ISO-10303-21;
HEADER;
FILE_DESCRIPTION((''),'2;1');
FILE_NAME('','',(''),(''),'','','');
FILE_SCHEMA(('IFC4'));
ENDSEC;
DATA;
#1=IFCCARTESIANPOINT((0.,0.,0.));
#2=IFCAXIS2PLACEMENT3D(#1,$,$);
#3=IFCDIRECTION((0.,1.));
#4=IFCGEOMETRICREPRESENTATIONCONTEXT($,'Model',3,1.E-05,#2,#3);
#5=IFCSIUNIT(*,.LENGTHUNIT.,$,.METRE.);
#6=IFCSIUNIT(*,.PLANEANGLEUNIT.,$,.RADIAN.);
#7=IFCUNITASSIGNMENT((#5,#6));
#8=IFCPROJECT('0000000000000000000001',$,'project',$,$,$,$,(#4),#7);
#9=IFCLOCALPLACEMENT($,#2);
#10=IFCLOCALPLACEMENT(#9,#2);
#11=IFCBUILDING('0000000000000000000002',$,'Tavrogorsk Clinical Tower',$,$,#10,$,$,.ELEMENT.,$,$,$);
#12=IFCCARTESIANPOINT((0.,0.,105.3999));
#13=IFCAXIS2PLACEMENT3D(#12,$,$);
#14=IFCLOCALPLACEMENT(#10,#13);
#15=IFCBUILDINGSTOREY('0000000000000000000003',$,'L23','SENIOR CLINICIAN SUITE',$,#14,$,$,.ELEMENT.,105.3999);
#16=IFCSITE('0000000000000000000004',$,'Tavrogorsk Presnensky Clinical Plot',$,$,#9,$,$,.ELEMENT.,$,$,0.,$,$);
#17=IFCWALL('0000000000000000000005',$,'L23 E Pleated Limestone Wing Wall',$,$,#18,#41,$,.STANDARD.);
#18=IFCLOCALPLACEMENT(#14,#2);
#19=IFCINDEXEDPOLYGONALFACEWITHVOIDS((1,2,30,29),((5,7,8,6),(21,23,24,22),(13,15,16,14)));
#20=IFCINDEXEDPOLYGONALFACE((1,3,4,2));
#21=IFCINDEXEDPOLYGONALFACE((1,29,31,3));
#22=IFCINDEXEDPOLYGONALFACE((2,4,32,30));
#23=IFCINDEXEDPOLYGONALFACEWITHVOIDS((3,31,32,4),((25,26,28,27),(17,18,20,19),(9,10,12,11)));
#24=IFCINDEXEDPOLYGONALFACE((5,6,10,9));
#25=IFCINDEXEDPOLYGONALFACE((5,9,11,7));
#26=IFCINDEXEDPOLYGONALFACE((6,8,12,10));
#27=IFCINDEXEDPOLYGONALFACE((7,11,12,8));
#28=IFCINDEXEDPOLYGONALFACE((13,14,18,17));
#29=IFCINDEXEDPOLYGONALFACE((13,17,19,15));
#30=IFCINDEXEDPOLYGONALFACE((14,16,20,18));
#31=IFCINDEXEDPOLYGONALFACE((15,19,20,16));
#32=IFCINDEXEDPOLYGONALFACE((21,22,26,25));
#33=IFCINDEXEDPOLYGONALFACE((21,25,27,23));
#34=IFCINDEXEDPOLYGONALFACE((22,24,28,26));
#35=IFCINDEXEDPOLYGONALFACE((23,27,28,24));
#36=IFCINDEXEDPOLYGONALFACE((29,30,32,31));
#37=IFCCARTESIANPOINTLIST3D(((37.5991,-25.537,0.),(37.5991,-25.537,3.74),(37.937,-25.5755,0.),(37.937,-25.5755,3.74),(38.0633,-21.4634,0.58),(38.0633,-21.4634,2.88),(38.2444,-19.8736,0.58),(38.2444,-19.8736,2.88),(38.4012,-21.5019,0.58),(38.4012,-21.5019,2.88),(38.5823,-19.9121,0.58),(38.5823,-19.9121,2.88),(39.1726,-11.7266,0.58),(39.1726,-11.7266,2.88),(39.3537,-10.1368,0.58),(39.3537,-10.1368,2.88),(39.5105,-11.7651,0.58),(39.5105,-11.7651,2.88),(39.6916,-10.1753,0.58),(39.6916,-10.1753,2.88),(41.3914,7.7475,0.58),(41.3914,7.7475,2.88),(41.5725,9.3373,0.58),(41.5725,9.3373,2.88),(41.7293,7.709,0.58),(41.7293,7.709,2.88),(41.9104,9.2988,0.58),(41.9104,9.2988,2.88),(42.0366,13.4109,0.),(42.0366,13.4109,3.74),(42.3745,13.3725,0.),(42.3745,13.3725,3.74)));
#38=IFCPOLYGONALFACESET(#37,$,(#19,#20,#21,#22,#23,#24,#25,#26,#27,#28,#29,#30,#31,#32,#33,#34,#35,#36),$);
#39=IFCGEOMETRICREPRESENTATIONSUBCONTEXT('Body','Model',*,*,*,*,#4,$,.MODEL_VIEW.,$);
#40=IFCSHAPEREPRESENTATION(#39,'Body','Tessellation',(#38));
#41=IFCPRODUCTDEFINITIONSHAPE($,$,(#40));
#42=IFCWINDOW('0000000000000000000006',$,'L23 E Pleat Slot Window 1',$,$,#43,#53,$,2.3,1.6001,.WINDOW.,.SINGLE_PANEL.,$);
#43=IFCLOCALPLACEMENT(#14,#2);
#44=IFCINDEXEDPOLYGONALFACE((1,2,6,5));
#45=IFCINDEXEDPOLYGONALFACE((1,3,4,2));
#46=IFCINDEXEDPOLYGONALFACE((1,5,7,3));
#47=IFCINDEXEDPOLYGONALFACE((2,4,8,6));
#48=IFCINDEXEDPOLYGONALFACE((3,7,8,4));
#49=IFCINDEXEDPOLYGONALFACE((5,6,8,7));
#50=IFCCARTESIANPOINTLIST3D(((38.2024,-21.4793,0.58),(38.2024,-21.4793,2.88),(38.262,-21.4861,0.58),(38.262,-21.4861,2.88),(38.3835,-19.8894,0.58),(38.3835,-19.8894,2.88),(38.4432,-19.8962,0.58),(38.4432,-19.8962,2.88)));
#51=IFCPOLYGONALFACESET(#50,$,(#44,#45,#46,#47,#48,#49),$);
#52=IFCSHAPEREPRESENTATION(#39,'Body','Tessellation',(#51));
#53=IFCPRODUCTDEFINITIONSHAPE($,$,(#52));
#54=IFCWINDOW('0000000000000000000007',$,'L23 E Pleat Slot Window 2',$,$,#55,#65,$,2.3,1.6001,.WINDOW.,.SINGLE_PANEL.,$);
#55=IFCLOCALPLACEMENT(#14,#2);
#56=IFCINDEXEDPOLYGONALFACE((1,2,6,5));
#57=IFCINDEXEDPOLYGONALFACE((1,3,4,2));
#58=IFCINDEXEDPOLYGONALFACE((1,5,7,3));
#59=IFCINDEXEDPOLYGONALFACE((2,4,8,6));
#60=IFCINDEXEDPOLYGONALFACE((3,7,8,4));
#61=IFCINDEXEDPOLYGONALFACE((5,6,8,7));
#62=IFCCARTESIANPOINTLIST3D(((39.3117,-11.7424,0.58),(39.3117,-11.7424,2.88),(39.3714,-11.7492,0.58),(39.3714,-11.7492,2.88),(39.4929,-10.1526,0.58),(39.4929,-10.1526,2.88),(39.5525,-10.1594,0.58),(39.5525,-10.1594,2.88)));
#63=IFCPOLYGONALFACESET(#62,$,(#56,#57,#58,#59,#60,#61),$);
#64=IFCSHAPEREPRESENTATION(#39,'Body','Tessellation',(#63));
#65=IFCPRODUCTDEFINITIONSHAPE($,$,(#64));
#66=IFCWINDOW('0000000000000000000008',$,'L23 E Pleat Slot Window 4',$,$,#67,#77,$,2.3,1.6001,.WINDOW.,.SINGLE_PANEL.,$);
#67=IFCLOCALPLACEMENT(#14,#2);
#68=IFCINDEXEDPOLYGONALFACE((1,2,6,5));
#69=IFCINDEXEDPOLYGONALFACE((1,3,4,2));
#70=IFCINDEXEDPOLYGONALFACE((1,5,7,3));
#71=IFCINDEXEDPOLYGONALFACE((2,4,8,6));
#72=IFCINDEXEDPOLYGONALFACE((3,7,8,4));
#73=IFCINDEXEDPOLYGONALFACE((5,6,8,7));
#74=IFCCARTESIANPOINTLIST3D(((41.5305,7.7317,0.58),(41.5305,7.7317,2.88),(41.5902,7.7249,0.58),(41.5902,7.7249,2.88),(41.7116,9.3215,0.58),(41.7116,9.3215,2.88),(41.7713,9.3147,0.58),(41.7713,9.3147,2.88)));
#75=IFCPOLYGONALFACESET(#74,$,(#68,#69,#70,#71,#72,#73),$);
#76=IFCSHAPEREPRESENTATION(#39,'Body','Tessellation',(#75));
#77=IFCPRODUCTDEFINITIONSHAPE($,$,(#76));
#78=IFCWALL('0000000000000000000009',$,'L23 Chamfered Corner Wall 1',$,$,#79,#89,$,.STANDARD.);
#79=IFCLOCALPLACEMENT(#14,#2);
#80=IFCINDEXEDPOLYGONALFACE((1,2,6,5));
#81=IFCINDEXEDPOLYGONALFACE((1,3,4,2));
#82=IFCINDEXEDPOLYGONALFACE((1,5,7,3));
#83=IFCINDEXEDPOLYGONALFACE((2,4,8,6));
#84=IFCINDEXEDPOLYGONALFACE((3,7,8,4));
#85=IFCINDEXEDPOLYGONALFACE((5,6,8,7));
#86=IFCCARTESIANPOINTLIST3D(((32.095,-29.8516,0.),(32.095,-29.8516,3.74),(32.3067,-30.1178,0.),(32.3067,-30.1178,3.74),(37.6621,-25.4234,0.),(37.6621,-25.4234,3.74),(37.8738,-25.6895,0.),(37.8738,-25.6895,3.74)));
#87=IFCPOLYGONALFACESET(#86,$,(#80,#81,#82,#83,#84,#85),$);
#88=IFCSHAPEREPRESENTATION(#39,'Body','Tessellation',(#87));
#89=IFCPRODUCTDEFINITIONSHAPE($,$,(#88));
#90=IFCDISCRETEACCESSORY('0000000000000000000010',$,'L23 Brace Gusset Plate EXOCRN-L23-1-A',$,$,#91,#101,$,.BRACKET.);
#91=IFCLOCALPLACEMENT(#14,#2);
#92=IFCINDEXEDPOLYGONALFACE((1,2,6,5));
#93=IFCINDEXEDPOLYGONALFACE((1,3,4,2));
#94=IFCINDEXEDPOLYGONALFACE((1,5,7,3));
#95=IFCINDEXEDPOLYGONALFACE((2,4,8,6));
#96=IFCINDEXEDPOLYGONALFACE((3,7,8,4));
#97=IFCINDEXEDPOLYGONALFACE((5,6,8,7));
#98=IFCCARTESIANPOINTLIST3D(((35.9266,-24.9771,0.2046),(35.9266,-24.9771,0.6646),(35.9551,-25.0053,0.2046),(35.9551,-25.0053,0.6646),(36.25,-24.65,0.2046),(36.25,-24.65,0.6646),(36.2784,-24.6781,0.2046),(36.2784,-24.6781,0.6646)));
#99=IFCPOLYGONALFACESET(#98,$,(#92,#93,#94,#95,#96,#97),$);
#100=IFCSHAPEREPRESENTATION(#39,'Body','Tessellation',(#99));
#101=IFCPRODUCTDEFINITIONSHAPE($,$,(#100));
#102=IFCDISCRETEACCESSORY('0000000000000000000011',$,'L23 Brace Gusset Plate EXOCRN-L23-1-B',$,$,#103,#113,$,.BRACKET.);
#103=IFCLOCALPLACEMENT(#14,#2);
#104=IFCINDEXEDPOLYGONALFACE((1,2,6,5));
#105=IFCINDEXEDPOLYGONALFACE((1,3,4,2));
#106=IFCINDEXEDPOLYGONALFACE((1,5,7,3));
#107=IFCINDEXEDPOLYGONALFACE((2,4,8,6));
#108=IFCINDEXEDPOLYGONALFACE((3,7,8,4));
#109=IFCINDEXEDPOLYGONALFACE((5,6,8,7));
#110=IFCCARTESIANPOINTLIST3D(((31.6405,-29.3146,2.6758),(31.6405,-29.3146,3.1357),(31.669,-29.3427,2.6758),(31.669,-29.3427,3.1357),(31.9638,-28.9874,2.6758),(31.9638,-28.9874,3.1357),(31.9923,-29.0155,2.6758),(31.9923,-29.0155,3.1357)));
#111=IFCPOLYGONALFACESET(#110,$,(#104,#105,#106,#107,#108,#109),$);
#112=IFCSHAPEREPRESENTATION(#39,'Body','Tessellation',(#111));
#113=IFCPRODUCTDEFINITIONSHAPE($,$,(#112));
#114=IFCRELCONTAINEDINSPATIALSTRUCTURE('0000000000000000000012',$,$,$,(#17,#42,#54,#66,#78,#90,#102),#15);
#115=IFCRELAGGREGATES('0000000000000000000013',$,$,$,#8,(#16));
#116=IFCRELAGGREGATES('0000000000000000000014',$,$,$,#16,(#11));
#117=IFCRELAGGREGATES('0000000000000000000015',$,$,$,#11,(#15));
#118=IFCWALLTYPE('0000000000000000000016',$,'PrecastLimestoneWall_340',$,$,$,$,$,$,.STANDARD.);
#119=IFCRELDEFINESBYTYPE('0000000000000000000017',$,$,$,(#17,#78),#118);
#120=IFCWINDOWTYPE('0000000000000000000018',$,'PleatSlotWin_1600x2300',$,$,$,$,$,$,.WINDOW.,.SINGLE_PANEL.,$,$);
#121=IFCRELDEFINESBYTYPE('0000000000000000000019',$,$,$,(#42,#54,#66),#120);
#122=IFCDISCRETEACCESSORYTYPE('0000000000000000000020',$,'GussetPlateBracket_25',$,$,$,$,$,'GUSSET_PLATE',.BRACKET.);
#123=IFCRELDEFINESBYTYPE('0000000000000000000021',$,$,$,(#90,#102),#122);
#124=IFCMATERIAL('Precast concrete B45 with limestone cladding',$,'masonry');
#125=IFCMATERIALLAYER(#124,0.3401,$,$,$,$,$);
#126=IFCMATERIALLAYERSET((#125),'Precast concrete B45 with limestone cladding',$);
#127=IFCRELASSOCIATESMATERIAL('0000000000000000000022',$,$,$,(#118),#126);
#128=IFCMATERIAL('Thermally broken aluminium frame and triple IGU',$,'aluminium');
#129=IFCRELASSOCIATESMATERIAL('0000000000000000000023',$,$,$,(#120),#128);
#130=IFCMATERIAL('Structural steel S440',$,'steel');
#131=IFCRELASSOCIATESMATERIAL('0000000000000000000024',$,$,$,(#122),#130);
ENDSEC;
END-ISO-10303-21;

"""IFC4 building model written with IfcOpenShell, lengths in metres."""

from ifc_helpers import new_model, si_unit, direction, frame, frame_2d, origin, origin_2d, place, context, subcontext, project, spatial, rectangle, extrude, material, layer, layer_set, type_object, element, fill, save


model = new_model("IFC4")

# Units and contexts
model_context = context("Model", 3, precision=1e-05, world=origin(), true_north=direction((0.0, 1.0)))
body_context = subcontext(model_context, "Body", "Model", "MODEL_VIEW")
ifc_project = project(units=[si_unit("LENGTHUNIT", "METRE"), si_unit("PLANEANGLEUNIT", "RADIAN")], contexts=[model_context])

# Site, building, storey
site_placement = place(None, origin())
site = spatial("IfcSite", under=ifc_project, at=site_placement, Name="Tavrogorsk Presnensky Clinical Plot", CompositionType="ELEMENT", RefElevation=0.0)
building_placement = place(site_placement, origin())
building = spatial("IfcBuilding", under=site, at=building_placement, Name="Tavrogorsk Clinical Tower", CompositionType="ELEMENT")
storey_placement = place(building_placement, frame((0.0, 0.0, 105.3999)))
storey = spatial("IfcBuildingStorey", under=building, at=storey_placement, Name="L23", Description="SENIOR CLINICIAN SUITE", CompositionType="ELEMENT", Elevation=105.3999)

# Wall, openings, windows
ifc_material_1 = material(Name="Precast concrete B45 with limestone cladding", Category="masonry")
ifc_layer_1 = layer(ifc_material_1, 0.3401)
ifc_layer_set_1 = layer_set([ifc_layer_1], Name="Precast concrete B45 with limestone cladding")
wall_type_1 = type_object("IfcWallType", Name="PrecastLimestoneWall_340", PredefinedType="STANDARD", material=ifc_layer_set_1)
wall_1_placement = place(storey_placement, frame((37.7681, -25.5564, 0.0), z_axis=(0.0, 0.0, 1.0), x_axis=(0.113202, 0.993572, 0.0)))
wall_1 = element("IfcWall", 1, at=wall_1_placement, inside=storey, type_object=wall_type_1, Name="L23 E Pleated Limestone Wing Wall", PredefinedType="STANDARD", context=body_context, shape_type="SweptSolid", body=[
    extrude(rectangle(XDim=39.2, YDim=0.3401, at=frame_2d((19.6001, 0.0))), origin(), (0.0, 0.0, 1.0), 3.74),
])
opening_1_placement = place(wall_1_placement, frame((4.1001, 0.0, 0.5801)))
opening_1 = element("IfcOpeningElement", 2, at=opening_1_placement, cuts=wall_1, PredefinedType="OPENING", context=body_context, shape_type="SweptSolid", body=[
    extrude(rectangle(XDim=1.6001, YDim=2.3, at=frame_2d((0.8, 1.1499))), frame((0.0, 0.1799, 0.0), z_axis=(0.0, -1.0, 0.0), x_axis=(1.0, 0.0, 0.0)), (0.0, 0.0, 1.0), 0.3601),
])
opening_2_placement = place(wall_1_placement, frame((13.8999, 0.0, 0.5801)))
opening_2 = element("IfcOpeningElement", 3, at=opening_2_placement, cuts=wall_1, PredefinedType="OPENING", context=body_context, shape_type="SweptSolid", body=[
    extrude(rectangle(XDim=1.6001, YDim=2.3, at=frame_2d((0.8, 1.1499))), frame((0.0, 0.1799, 0.0), z_axis=(0.0, -1.0, 0.0), x_axis=(1.0, 0.0, 0.0)), (0.0, 0.0, 1.0), 0.3601),
])
opening_3_placement = place(wall_1_placement, frame((33.5, 0.0, 0.5801)))
opening_3 = element("IfcOpeningElement", 4, at=opening_3_placement, cuts=wall_1, PredefinedType="OPENING", context=body_context, shape_type="SweptSolid", body=[
    extrude(rectangle(XDim=1.6001, YDim=2.3, at=frame_2d((0.8, 1.1499))), frame((0.0, 0.1799, 0.0), z_axis=(0.0, -1.0, 0.0), x_axis=(1.0, 0.0, 0.0)), (0.0, 0.0, 1.0), 0.3601),
])
ifc_material_2 = material(Name="Thermally broken aluminium frame and triple IGU", Category="aluminium")
window_type = type_object("IfcWindowType", Name="PleatSlotWin_1600x2300", PartitioningType="SINGLE_PANEL", PredefinedType="WINDOW", material=ifc_material_2)
window_1_placement = place(opening_1_placement, origin())
window_1 = element("IfcWindow", 5, at=window_1_placement, inside=storey, type_object=window_type, Name="L23 E Pleat Slot Window 1", OverallHeight=2.3, OverallWidth=1.6001, PartitioningType="SINGLE_PANEL", PredefinedType="WINDOW", context=body_context, shape_type="SweptSolid", body=[
    extrude(rectangle(XDim=1.6001, YDim=2.3, at=frame_2d((0.8, 1.1499))), frame((0.0, 0.03, 0.0), z_axis=(0.0, -1.0, 0.0), x_axis=(1.0, 0.0, 0.0)), (0.0, 0.0, 1.0), 0.0601),
])
fill(opening_1, window_1)
window_2_placement = place(opening_2_placement, origin())
window_2 = element("IfcWindow", 6, at=window_2_placement, inside=storey, type_object=window_type, Name="L23 E Pleat Slot Window 2", OverallHeight=2.3, OverallWidth=1.6001, PartitioningType="SINGLE_PANEL", PredefinedType="WINDOW", context=body_context, shape_type="SweptSolid", body=[
    extrude(rectangle(XDim=1.6001, YDim=2.3, at=frame_2d((0.8, 1.1499))), frame((0.0, 0.03, 0.0), z_axis=(0.0, -1.0, 0.0), x_axis=(1.0, 0.0, 0.0)), (0.0, 0.0, 1.0), 0.0601),
])
fill(opening_2, window_2)
window_3_placement = place(opening_3_placement, origin())
window_3 = element("IfcWindow", 7, at=window_3_placement, inside=storey, type_object=window_type, Name="L23 E Pleat Slot Window 4", OverallHeight=2.3, OverallWidth=1.6001, PartitioningType="SINGLE_PANEL", PredefinedType="WINDOW", context=body_context, shape_type="SweptSolid", body=[
    extrude(rectangle(XDim=1.6001, YDim=2.3, at=frame_2d((0.8, 1.1499))), frame((0.0, 0.03, 0.0), z_axis=(0.0, -1.0, 0.0), x_axis=(1.0, 0.0, 0.0)), (0.0, 0.0, 1.0), 0.0601),
])
fill(opening_3, window_3)

# Wall
wall_2_placement = place(storey_placement, frame((32.2009, -29.9846, 0.0), z_axis=(0.0, 0.0, 1.0), x_axis=(0.782614, 0.622508, 0.0)))
element("IfcWall", 8, at=wall_2_placement, inside=storey, type_object=wall_type_1, Name="L23 Chamfered Corner Wall 1", PredefinedType="STANDARD", context=body_context, shape_type="SweptSolid", body=[
    extrude(rectangle(XDim=7.1135, YDim=0.3401, at=frame_2d((3.5566, 0.0))), origin(), (0.0, 0.0, 1.0), 3.74),
])

# Discrete accessories
ifc_material_3 = material(Name="Structural steel S440", Category="steel")
discrete_accessory_type = type_object("IfcDiscreteAccessoryType", Name="GussetPlateBracket_25", ElementType="GUSSET_PLATE", PredefinedType="BRACKET", material=ifc_material_3)
for number, where, z_axis, x_axis, name in (
    (9, (36.1025, -24.8276, 0.2046), (0.0, 0.0, 1.0), (-0.702898, -0.71129, 0.0), "L23 Brace Gusset Plate EXOCRN-L23-1-A"),
    (10, (31.8164, -29.165, 2.6758), (0.0, 0.0, 1.0), (-0.702898, -0.71129, 0.0), "L23 Brace Gusset Plate EXOCRN-L23-1-B"),
):
    element("IfcDiscreteAccessory", number, at=place(storey_placement, frame(where, z_axis=z_axis, x_axis=x_axis)), inside=storey, type_object=discrete_accessory_type, Name=name, PredefinedType="BRACKET", context=body_context, shape_type="SweptSolid", body=[
        extrude(rectangle(XDim=0.46, YDim=0.04, at=origin_2d()), origin(), (0.0, 0.0, 1.0), 0.46),
    ])

save(model, "model.ifc")
